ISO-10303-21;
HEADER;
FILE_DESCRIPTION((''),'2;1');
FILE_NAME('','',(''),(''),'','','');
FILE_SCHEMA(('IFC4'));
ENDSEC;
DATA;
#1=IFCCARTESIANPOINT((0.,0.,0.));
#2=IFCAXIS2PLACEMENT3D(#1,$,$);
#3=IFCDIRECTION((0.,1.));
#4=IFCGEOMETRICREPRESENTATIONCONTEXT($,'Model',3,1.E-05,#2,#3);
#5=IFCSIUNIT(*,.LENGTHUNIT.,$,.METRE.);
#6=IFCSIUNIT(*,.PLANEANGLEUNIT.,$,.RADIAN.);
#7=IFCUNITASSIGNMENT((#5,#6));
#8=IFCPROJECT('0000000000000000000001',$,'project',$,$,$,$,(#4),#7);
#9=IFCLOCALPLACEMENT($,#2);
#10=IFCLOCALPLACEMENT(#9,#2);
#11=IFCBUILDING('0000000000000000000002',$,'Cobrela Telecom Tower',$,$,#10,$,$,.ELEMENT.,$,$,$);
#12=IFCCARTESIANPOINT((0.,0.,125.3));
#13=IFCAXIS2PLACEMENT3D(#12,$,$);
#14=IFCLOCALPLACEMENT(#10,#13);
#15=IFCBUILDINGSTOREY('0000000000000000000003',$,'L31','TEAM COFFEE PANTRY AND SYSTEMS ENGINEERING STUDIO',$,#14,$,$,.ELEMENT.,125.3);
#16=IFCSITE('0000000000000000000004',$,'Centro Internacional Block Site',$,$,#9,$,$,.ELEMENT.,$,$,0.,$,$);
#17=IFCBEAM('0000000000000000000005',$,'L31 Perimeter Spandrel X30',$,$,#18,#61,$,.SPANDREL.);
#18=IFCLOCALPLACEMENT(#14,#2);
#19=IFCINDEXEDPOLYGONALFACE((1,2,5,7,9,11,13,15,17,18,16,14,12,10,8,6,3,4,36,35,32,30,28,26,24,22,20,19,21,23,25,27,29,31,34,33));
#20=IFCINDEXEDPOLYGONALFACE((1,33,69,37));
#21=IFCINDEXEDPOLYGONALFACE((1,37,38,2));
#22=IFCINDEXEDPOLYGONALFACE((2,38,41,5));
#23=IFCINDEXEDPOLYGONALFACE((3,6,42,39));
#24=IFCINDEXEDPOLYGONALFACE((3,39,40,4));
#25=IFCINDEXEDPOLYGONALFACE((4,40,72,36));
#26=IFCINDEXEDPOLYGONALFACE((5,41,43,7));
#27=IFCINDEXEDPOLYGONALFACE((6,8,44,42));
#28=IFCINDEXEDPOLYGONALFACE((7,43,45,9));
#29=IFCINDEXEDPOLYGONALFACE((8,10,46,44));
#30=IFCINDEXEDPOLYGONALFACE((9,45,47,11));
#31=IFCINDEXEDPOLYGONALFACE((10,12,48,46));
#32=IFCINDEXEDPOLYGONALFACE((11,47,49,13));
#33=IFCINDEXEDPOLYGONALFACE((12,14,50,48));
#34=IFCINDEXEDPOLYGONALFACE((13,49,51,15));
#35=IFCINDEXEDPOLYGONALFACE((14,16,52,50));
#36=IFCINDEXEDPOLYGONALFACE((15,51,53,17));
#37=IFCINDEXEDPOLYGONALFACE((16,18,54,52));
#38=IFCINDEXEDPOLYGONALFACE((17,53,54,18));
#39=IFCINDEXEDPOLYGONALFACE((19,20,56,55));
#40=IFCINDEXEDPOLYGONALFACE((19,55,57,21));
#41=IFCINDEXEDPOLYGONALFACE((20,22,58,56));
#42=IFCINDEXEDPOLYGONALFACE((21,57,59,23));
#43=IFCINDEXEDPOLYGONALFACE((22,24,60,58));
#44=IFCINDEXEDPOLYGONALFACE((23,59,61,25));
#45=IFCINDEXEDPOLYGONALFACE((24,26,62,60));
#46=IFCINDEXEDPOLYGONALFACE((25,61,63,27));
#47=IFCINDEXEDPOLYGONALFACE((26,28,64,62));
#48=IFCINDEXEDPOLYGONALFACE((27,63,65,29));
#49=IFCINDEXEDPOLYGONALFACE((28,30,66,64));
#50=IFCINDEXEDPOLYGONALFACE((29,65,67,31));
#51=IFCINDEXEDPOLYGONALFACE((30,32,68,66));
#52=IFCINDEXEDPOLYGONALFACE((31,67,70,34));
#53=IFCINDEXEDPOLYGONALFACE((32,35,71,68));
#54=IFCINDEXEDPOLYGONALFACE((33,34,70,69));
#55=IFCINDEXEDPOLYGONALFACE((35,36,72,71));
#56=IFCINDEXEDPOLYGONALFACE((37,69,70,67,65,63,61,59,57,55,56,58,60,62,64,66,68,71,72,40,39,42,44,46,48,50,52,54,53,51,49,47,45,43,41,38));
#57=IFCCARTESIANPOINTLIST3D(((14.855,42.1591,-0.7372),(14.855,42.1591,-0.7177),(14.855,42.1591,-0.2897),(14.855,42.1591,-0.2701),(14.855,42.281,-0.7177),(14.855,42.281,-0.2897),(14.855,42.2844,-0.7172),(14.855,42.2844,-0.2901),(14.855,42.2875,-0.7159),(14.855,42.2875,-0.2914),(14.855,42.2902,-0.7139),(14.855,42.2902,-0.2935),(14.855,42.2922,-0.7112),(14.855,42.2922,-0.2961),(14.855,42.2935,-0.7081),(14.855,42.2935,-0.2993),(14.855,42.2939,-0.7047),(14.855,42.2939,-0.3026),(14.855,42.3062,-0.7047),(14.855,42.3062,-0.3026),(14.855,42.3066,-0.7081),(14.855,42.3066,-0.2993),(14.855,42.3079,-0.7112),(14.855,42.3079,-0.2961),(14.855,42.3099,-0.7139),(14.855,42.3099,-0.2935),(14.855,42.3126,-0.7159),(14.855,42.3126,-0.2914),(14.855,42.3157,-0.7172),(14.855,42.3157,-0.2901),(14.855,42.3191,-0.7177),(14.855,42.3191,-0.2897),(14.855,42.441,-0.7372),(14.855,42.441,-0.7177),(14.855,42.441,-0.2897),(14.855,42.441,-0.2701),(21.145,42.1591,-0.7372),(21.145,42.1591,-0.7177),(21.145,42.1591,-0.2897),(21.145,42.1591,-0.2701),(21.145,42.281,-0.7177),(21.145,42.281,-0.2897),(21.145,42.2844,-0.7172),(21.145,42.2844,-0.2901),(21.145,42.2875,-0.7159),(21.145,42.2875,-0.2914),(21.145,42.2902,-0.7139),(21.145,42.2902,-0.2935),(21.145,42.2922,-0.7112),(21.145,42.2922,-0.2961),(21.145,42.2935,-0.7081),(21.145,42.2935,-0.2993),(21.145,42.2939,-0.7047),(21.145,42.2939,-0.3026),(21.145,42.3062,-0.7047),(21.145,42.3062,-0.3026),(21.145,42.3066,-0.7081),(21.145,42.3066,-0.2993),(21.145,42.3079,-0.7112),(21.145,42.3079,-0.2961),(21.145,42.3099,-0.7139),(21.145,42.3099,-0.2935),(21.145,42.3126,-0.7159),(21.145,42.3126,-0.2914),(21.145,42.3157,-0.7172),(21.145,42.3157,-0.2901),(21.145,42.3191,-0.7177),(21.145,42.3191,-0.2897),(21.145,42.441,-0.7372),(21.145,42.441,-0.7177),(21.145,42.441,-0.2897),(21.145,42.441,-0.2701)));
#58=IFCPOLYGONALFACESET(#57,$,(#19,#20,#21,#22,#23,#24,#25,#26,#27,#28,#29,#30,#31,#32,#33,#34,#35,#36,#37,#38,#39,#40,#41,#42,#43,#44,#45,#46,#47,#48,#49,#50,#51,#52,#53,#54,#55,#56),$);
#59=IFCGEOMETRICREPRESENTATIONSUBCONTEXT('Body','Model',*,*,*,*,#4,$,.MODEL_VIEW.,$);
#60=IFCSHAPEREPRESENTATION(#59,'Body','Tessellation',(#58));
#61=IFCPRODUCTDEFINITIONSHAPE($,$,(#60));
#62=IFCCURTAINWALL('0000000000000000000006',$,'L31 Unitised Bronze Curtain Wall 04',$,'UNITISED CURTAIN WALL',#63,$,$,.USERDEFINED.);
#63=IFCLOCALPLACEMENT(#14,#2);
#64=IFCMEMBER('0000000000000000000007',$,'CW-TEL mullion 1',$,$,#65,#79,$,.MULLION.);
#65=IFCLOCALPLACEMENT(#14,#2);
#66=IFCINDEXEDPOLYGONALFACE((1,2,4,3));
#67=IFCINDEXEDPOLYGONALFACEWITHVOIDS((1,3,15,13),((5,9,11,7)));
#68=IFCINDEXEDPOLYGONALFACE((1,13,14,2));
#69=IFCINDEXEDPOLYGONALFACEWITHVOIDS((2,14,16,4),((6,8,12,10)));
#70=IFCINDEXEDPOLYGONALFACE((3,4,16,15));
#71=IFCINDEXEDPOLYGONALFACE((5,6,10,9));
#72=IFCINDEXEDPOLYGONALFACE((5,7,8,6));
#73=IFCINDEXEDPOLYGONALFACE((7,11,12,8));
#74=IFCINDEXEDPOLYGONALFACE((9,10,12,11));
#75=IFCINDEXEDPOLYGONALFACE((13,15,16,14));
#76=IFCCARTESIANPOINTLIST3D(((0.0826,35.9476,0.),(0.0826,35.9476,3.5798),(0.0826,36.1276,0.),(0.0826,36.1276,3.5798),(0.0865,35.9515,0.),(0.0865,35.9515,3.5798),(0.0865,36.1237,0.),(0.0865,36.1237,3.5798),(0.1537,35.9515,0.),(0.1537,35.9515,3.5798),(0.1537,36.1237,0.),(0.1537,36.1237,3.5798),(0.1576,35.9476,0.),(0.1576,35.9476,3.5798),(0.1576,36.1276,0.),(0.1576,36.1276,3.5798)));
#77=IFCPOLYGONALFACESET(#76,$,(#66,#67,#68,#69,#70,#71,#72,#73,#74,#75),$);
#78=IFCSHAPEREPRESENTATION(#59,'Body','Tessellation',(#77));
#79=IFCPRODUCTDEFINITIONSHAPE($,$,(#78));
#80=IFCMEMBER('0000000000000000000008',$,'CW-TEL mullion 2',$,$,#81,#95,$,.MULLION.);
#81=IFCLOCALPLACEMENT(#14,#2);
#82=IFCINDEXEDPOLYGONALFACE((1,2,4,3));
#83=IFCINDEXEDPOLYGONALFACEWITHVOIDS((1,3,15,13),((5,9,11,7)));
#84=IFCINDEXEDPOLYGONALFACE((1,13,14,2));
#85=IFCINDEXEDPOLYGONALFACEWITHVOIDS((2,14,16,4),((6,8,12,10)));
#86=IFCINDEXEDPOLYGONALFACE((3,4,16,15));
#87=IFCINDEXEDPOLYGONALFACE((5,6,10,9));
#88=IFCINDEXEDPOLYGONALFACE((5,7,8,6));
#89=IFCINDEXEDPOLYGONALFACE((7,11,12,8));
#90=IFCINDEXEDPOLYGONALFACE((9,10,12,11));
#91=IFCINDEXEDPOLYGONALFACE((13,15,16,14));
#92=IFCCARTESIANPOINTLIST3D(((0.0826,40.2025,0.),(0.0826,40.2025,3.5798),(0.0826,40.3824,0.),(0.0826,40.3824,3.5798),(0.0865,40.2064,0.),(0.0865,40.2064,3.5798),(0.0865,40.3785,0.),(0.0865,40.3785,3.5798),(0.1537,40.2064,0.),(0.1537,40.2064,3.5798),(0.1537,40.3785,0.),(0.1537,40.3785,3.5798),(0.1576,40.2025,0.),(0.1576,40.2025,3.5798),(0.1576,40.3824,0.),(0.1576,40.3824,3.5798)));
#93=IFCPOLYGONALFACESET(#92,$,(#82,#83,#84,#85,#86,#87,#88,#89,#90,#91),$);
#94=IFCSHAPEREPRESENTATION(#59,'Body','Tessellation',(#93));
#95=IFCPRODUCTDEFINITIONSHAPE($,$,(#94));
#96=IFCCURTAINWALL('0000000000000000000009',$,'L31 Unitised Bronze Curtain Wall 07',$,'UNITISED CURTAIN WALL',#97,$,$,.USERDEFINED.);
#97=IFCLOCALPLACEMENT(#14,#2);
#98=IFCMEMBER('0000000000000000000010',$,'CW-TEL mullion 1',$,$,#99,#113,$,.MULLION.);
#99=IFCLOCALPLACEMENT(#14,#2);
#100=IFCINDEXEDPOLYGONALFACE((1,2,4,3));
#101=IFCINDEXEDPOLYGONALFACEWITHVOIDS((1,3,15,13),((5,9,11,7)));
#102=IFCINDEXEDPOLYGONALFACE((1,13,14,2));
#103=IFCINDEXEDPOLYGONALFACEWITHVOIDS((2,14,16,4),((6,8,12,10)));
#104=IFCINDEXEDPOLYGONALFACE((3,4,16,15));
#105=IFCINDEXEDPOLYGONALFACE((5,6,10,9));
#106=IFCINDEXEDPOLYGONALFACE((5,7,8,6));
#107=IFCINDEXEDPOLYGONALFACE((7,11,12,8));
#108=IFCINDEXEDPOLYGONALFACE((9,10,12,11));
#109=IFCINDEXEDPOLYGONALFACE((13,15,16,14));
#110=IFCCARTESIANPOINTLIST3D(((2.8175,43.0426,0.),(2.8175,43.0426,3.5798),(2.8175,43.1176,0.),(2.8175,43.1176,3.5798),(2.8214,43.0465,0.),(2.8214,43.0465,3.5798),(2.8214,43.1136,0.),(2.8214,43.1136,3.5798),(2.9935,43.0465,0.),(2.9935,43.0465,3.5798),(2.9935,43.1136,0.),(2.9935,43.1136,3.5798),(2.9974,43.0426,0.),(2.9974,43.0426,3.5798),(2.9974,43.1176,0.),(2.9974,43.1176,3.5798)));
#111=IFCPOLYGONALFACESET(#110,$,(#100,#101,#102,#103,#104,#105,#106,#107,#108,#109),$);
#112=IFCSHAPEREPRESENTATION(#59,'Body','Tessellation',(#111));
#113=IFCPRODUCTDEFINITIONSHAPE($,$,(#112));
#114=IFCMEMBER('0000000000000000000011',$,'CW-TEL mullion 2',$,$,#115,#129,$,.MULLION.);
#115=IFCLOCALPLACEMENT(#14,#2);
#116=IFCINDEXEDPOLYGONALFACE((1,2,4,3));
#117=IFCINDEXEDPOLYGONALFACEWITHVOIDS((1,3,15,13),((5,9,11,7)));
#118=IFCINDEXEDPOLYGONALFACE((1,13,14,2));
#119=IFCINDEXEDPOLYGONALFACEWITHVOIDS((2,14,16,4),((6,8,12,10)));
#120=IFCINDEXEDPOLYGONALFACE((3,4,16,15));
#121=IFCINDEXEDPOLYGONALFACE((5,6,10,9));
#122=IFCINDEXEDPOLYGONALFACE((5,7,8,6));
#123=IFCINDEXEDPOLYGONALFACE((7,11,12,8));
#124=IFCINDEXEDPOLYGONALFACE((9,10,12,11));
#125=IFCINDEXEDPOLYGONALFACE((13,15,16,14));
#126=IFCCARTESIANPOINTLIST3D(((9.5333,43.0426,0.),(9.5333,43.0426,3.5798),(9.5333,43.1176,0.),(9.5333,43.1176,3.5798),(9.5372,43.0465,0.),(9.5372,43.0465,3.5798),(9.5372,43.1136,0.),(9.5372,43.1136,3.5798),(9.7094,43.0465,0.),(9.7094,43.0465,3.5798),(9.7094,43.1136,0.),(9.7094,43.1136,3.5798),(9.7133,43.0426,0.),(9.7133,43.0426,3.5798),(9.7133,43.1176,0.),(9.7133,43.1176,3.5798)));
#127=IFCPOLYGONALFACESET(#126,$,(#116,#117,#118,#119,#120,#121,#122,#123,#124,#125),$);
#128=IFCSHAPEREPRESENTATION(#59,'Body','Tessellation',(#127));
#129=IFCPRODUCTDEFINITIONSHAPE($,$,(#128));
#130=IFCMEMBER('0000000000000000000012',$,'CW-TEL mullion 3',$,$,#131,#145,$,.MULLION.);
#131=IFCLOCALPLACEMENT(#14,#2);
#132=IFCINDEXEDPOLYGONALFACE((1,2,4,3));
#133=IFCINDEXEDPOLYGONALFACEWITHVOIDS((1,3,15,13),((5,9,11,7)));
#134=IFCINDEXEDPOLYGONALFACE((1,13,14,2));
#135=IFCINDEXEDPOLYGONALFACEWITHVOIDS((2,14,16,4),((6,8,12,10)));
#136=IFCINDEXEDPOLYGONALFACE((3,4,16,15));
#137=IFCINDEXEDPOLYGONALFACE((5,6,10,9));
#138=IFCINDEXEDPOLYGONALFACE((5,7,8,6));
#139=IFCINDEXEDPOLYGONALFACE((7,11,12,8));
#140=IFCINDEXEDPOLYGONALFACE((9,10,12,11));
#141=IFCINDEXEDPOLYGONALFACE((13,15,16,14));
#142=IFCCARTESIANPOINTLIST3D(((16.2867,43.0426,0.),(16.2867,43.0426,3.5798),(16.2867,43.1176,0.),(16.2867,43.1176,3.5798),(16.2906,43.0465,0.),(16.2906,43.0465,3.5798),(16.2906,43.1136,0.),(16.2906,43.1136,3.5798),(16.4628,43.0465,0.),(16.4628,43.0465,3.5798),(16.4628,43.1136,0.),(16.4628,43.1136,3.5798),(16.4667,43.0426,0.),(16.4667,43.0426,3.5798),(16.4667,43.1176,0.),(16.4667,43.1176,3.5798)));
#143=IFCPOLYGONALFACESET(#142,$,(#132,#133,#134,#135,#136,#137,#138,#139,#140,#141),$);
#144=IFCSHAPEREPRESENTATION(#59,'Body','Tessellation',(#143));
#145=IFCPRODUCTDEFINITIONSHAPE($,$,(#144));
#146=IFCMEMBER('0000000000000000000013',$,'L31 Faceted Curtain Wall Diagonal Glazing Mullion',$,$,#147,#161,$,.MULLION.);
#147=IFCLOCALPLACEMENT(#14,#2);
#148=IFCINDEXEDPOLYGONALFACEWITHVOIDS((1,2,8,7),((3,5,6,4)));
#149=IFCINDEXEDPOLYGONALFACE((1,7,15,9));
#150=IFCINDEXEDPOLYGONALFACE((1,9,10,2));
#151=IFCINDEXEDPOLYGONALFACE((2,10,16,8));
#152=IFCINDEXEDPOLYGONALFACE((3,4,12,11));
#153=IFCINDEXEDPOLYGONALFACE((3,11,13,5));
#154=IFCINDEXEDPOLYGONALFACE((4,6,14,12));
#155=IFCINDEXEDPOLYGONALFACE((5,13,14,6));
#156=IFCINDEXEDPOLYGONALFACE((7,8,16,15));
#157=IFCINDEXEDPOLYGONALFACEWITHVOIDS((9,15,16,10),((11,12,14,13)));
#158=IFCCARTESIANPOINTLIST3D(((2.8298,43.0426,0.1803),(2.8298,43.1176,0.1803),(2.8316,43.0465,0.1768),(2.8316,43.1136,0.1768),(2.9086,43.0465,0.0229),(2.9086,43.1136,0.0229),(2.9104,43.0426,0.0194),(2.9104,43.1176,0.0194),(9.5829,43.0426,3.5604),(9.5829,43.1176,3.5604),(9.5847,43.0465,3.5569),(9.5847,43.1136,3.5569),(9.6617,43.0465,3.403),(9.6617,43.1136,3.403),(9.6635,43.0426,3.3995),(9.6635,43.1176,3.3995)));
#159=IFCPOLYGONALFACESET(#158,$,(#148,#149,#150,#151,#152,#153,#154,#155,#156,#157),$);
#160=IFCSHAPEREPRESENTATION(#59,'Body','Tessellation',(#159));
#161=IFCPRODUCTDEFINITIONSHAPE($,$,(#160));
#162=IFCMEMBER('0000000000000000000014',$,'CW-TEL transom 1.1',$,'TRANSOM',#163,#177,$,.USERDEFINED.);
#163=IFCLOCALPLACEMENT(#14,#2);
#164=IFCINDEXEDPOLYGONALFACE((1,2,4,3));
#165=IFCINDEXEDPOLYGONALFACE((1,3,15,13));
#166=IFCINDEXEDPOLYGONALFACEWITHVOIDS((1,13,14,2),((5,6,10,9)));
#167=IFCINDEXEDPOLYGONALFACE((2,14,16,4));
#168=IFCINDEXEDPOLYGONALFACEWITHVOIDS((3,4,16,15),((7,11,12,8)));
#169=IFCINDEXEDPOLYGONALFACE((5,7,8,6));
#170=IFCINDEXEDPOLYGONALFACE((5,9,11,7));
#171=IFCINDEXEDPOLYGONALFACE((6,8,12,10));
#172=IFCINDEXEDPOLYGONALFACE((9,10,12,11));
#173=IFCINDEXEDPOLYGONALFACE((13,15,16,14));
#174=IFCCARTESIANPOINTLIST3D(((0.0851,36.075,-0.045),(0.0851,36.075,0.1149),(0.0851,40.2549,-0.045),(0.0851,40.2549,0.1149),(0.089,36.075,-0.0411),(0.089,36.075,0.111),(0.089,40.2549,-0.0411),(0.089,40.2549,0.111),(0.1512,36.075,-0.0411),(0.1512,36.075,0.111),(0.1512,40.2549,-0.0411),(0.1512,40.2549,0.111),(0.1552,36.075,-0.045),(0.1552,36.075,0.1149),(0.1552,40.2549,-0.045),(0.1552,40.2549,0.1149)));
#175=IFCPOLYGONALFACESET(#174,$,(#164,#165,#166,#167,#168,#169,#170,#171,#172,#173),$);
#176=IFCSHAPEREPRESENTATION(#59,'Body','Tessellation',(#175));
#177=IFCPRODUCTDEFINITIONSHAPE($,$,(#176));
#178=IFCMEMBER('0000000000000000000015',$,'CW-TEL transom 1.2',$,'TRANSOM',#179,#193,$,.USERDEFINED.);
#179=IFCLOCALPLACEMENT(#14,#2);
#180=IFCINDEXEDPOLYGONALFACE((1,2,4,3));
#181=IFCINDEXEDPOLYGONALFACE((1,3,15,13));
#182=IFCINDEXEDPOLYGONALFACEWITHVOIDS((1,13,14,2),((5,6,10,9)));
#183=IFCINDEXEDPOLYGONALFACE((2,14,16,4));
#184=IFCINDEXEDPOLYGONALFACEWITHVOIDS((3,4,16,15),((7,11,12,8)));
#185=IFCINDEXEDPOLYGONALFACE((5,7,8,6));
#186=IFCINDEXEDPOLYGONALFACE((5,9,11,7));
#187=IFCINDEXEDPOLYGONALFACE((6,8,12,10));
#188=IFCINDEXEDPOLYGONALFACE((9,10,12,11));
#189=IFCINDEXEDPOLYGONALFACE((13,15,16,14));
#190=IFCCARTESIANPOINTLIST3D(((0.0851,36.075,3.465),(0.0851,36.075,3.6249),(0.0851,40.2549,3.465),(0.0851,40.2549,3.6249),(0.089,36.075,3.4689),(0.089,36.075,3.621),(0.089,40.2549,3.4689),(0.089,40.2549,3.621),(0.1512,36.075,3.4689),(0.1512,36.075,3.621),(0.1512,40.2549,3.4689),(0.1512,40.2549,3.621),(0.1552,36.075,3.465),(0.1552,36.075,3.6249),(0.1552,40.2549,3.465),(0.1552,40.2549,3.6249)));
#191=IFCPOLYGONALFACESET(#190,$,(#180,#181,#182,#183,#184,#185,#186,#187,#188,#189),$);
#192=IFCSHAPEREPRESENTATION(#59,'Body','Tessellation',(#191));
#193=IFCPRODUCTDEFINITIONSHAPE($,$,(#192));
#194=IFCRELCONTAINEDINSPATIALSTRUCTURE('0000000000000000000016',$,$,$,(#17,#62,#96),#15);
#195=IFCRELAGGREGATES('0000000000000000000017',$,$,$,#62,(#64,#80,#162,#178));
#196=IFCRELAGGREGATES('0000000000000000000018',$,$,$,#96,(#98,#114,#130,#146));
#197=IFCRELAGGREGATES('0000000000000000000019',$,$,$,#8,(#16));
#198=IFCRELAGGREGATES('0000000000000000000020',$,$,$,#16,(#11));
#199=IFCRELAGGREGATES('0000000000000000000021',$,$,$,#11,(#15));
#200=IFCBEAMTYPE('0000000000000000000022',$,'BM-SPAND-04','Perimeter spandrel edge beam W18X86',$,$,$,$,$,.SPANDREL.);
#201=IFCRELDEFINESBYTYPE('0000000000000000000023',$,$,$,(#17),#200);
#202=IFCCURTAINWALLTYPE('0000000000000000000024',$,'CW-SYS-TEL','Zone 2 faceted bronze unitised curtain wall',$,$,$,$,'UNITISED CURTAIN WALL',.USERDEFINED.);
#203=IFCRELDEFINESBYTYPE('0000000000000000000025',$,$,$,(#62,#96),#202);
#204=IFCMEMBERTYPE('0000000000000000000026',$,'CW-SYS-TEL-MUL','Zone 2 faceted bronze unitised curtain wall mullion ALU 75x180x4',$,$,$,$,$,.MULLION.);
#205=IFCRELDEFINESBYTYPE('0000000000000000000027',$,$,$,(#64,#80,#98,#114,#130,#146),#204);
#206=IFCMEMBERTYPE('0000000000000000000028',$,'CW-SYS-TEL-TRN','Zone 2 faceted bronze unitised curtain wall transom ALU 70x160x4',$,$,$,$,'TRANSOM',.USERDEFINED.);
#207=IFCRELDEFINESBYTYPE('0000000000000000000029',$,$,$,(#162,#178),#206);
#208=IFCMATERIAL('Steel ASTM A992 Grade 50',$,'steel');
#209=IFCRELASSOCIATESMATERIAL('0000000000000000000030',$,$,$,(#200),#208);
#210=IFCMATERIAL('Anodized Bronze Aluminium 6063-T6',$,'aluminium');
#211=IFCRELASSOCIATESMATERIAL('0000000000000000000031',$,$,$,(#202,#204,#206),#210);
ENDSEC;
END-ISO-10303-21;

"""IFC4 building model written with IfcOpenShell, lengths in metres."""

from ifc_helpers import new_model, si_unit, direction, frame, origin, origin_2d, place, context, subcontext, project, spatial, hollow_rectangle, i_section, extrude, material, material_profile, profile_set, type_object, element, aggregate, save


model = new_model("IFC4")

# Units and contexts
model_context = context("Model", 3, precision=1e-05, world=origin(), true_north=direction((0.0, 1.0)))
body_context = subcontext(model_context, "Body", "Model", "MODEL_VIEW")
ifc_project = project(units=[si_unit("LENGTHUNIT", "METRE"), si_unit("PLANEANGLEUNIT", "RADIAN")], contexts=[model_context])

# Site, building, storey
site_placement = place(None, origin())
site = spatial("IfcSite", under=ifc_project, at=site_placement, Name="Centro Internacional Block Site", CompositionType="ELEMENT", RefElevation=0.0)
building_placement = place(site_placement, origin())
building = spatial("IfcBuilding", under=site, at=building_placement, Name="Cobrela Telecom Tower", CompositionType="ELEMENT")
storey_placement = place(building_placement, frame((0.0, 0.0, 125.3)))
storey = spatial("IfcBuildingStorey", under=building, at=storey_placement, Name="L31", Description="TEAM COFFEE PANTRY AND SYSTEMS ENGINEERING STUDIO", CompositionType="ELEMENT", Elevation=125.3)

# Beam
ifc_material_1 = material(Name="Steel ASTM A992 Grade 50", Category="steel")
ifc_material_profile_1 = material_profile(ifc_material_1, i_section(OverallWidth=0.282, OverallDepth=0.467, WebThickness=0.0122, FlangeThickness=0.0195, FilletRadius=0.0129, at=origin_2d()), Name="W18X86")
ifc_profile_set_1 = profile_set([ifc_material_profile_1], Name="Steel ASTM A992 Grade 50")
beam_type_1 = type_object("IfcBeamType", Name="BM-SPAND-04", Description="Perimeter spandrel edge beam W18X86", PredefinedType="SPANDREL", material=ifc_profile_set_1)
for number, where, z_axis, x_axis, name in (
    (1, (14.855, 42.3, -0.5037), (1.0, 0.0, 0.0), (0.0, 1.0, 0.0), "L31 Perimeter Spandrel X30"),
):
    element("IfcBeam", number, at=place(storey_placement, frame(where, z_axis=z_axis, x_axis=x_axis)), inside=storey, type_object=beam_type_1, Name=name, PredefinedType="SPANDREL", context=body_context, shape_type="SweptSolid", body=[
        extrude(i_section(OverallWidth=0.282, OverallDepth=0.467, WebThickness=0.0122, FlangeThickness=0.0195, FilletRadius=0.0129, at=origin_2d()), origin(), (0.0, 0.0, 1.0), 6.29),
    ])

# Curtain walls, members
ifc_material_2 = material(Name="Anodized Bronze Aluminium 6063-T6", Category="aluminium")
curtain_wall_type = type_object("IfcCurtainWallType", Name="CW-SYS-TEL", Description="Zone 2 faceted bronze unitised curtain wall", ElementType="UNITISED CURTAIN WALL", PredefinedType="USERDEFINED", material=ifc_material_2)
curtain_wall_1_placement = place(storey_placement, origin())
curtain_wall_1 = element("IfcCurtainWall", 2, at=curtain_wall_1_placement, inside=storey, type_object=curtain_wall_type, Name="L31 Unitised Bronze Curtain Wall 04", ObjectType="UNITISED CURTAIN WALL", PredefinedType="USERDEFINED")
ifc_material_profile_2 = material_profile(ifc_material_2, hollow_rectangle(XDim=0.075, YDim=0.1799, WallThickness=0.0039, at=origin_2d()), Name="ALU 75x180x4")
ifc_profile_set_2 = profile_set([ifc_material_profile_2], Name="Anodized Bronze Aluminium 6063-T6")
member_type_1 = type_object("IfcMemberType", Name="CW-SYS-TEL-MUL", Description="Zone 2 faceted bronze unitised curtain wall mullion ALU 75x180x4", PredefinedType="MULLION", material=ifc_profile_set_2)
member_1_placement = place(storey_placement, frame((0.1201, 36.0376, 0.0), z_axis=(0.0, 0.0, 1.0), x_axis=(-1.0, 0.0, 0.0)))
member_1 = element("IfcMember", 3, at=member_1_placement, type_object=member_type_1, Name="CW-TEL mullion 1", PredefinedType="MULLION", context=body_context, shape_type="SweptSolid", body=[
    extrude(hollow_rectangle(XDim=0.075, YDim=0.1799, WallThickness=0.0039, at=origin_2d()), origin(), (0.0, 0.0, 1.0), 3.5798),
])
member_2_placement = place(storey_placement, frame((0.1201, 40.2925, 0.0), z_axis=(0.0, 0.0, 1.0), x_axis=(-1.0, 0.0, 0.0)))
member_2 = element("IfcMember", 4, at=member_2_placement, type_object=member_type_1, Name="CW-TEL mullion 2", PredefinedType="MULLION", context=body_context, shape_type="SweptSolid", body=[
    extrude(hollow_rectangle(XDim=0.075, YDim=0.1799, WallThickness=0.0039, at=origin_2d()), origin(), (0.0, 0.0, 1.0), 3.5798),
])
curtain_wall_2_placement = place(storey_placement, origin())
curtain_wall_2 = element("IfcCurtainWall", 5, at=curtain_wall_2_placement, inside=storey, type_object=curtain_wall_type, Name="L31 Unitised Bronze Curtain Wall 07", ObjectType="UNITISED CURTAIN WALL", PredefinedType="USERDEFINED")
member_3_placement = place(storey_placement, frame((2.9075, 43.0801, 0.0), z_axis=(0.0, 0.0, 1.0), x_axis=(0.0, 1.0, 0.0)))
member_3 = element("IfcMember", 6, at=member_3_placement, type_object=member_type_1, Name="CW-TEL mullion 1", PredefinedType="MULLION", context=body_context, shape_type="SweptSolid", body=[
    extrude(hollow_rectangle(XDim=0.075, YDim=0.1799, WallThickness=0.0039, at=origin_2d()), origin(), (0.0, 0.0, 1.0), 3.5798),
])
member_4_placement = place(storey_placement, frame((9.6233, 43.0801, 0.0), z_axis=(0.0, 0.0, 1.0), x_axis=(0.0, 1.0, 0.0)))
member_4 = element("IfcMember", 7, at=member_4_placement, type_object=member_type_1, Name="CW-TEL mullion 2", PredefinedType="MULLION", context=body_context, shape_type="SweptSolid", body=[
    extrude(hollow_rectangle(XDim=0.075, YDim=0.1799, WallThickness=0.0039, at=origin_2d()), origin(), (0.0, 0.0, 1.0), 3.5798),
])
member_5_placement = place(storey_placement, frame((16.3767, 43.0801, 0.0), z_axis=(0.0, 0.0, 1.0), x_axis=(0.0, 1.0, 0.0)))
member_5 = element("IfcMember", 8, at=member_5_placement, type_object=member_type_1, Name="CW-TEL mullion 3", PredefinedType="MULLION", context=body_context, shape_type="SweptSolid", body=[
    extrude(hollow_rectangle(XDim=0.075, YDim=0.1799, WallThickness=0.0039, at=origin_2d()), origin(), (0.0, 0.0, 1.0), 3.5798),
])
member_6_placement = place(storey_placement, frame((2.8701, 43.0801, 0.0999), z_axis=(0.89424, 0.0, 0.447589), x_axis=(0.0, 1.0, 0.0)))
member_6 = element("IfcMember", 9, at=member_6_placement, type_object=member_type_1, Name="L31 Faceted Curtain Wall Diagonal Glazing Mullion", PredefinedType="MULLION", context=body_context, shape_type="SweptSolid", body=[
    extrude(hollow_rectangle(XDim=0.075, YDim=0.1799, WallThickness=0.0039, at=origin_2d()), origin(), (0.0, 0.0, 1.0), 7.5518),
])

# Members
ifc_material_profile_3 = material_profile(ifc_material_2, hollow_rectangle(XDim=0.0701, YDim=0.1599, WallThickness=0.0039, at=origin_2d()), Name="ALU 70x160x4")
ifc_profile_set_3 = profile_set([ifc_material_profile_3], Name="Anodized Bronze Aluminium 6063-T6")
member_type_2 = type_object("IfcMemberType", Name="CW-SYS-TEL-TRN", Description="Zone 2 faceted bronze unitised curtain wall transom ALU 70x160x4", ElementType="TRANSOM", PredefinedType="USERDEFINED", material=ifc_profile_set_3)
member_7_placement = place(storey_placement, frame((0.1201, 36.075, 0.0349), z_axis=(0.0, 1.0, 0.0), x_axis=(-1.0, 0.0, 0.0)))
member_7 = element("IfcMember", 10, at=member_7_placement, type_object=member_type_2, Name="CW-TEL transom 1.1", ObjectType="TRANSOM", PredefinedType="USERDEFINED", context=body_context, shape_type="SweptSolid", body=[
    extrude(hollow_rectangle(XDim=0.0701, YDim=0.1599, WallThickness=0.0039, at=origin_2d()), origin(), (0.0, 0.0, 1.0), 4.1799),
])
member_8_placement = place(storey_placement, frame((0.1201, 36.075, 3.5449), z_axis=(0.0, 1.0, 0.0), x_axis=(-1.0, 0.0, 0.0)))
member_8 = element("IfcMember", 11, at=member_8_placement, type_object=member_type_2, Name="CW-TEL transom 1.2", ObjectType="TRANSOM", PredefinedType="USERDEFINED", context=body_context, shape_type="SweptSolid", body=[
    extrude(hollow_rectangle(XDim=0.0701, YDim=0.1599, WallThickness=0.0039, at=origin_2d()), origin(), (0.0, 0.0, 1.0), 4.1799),
])

aggregate(curtain_wall_1, [member_1, member_2, member_7, member_8])
aggregate(curtain_wall_2, [member_3, member_4, member_5, member_6])

save(model, "model.ifc")
